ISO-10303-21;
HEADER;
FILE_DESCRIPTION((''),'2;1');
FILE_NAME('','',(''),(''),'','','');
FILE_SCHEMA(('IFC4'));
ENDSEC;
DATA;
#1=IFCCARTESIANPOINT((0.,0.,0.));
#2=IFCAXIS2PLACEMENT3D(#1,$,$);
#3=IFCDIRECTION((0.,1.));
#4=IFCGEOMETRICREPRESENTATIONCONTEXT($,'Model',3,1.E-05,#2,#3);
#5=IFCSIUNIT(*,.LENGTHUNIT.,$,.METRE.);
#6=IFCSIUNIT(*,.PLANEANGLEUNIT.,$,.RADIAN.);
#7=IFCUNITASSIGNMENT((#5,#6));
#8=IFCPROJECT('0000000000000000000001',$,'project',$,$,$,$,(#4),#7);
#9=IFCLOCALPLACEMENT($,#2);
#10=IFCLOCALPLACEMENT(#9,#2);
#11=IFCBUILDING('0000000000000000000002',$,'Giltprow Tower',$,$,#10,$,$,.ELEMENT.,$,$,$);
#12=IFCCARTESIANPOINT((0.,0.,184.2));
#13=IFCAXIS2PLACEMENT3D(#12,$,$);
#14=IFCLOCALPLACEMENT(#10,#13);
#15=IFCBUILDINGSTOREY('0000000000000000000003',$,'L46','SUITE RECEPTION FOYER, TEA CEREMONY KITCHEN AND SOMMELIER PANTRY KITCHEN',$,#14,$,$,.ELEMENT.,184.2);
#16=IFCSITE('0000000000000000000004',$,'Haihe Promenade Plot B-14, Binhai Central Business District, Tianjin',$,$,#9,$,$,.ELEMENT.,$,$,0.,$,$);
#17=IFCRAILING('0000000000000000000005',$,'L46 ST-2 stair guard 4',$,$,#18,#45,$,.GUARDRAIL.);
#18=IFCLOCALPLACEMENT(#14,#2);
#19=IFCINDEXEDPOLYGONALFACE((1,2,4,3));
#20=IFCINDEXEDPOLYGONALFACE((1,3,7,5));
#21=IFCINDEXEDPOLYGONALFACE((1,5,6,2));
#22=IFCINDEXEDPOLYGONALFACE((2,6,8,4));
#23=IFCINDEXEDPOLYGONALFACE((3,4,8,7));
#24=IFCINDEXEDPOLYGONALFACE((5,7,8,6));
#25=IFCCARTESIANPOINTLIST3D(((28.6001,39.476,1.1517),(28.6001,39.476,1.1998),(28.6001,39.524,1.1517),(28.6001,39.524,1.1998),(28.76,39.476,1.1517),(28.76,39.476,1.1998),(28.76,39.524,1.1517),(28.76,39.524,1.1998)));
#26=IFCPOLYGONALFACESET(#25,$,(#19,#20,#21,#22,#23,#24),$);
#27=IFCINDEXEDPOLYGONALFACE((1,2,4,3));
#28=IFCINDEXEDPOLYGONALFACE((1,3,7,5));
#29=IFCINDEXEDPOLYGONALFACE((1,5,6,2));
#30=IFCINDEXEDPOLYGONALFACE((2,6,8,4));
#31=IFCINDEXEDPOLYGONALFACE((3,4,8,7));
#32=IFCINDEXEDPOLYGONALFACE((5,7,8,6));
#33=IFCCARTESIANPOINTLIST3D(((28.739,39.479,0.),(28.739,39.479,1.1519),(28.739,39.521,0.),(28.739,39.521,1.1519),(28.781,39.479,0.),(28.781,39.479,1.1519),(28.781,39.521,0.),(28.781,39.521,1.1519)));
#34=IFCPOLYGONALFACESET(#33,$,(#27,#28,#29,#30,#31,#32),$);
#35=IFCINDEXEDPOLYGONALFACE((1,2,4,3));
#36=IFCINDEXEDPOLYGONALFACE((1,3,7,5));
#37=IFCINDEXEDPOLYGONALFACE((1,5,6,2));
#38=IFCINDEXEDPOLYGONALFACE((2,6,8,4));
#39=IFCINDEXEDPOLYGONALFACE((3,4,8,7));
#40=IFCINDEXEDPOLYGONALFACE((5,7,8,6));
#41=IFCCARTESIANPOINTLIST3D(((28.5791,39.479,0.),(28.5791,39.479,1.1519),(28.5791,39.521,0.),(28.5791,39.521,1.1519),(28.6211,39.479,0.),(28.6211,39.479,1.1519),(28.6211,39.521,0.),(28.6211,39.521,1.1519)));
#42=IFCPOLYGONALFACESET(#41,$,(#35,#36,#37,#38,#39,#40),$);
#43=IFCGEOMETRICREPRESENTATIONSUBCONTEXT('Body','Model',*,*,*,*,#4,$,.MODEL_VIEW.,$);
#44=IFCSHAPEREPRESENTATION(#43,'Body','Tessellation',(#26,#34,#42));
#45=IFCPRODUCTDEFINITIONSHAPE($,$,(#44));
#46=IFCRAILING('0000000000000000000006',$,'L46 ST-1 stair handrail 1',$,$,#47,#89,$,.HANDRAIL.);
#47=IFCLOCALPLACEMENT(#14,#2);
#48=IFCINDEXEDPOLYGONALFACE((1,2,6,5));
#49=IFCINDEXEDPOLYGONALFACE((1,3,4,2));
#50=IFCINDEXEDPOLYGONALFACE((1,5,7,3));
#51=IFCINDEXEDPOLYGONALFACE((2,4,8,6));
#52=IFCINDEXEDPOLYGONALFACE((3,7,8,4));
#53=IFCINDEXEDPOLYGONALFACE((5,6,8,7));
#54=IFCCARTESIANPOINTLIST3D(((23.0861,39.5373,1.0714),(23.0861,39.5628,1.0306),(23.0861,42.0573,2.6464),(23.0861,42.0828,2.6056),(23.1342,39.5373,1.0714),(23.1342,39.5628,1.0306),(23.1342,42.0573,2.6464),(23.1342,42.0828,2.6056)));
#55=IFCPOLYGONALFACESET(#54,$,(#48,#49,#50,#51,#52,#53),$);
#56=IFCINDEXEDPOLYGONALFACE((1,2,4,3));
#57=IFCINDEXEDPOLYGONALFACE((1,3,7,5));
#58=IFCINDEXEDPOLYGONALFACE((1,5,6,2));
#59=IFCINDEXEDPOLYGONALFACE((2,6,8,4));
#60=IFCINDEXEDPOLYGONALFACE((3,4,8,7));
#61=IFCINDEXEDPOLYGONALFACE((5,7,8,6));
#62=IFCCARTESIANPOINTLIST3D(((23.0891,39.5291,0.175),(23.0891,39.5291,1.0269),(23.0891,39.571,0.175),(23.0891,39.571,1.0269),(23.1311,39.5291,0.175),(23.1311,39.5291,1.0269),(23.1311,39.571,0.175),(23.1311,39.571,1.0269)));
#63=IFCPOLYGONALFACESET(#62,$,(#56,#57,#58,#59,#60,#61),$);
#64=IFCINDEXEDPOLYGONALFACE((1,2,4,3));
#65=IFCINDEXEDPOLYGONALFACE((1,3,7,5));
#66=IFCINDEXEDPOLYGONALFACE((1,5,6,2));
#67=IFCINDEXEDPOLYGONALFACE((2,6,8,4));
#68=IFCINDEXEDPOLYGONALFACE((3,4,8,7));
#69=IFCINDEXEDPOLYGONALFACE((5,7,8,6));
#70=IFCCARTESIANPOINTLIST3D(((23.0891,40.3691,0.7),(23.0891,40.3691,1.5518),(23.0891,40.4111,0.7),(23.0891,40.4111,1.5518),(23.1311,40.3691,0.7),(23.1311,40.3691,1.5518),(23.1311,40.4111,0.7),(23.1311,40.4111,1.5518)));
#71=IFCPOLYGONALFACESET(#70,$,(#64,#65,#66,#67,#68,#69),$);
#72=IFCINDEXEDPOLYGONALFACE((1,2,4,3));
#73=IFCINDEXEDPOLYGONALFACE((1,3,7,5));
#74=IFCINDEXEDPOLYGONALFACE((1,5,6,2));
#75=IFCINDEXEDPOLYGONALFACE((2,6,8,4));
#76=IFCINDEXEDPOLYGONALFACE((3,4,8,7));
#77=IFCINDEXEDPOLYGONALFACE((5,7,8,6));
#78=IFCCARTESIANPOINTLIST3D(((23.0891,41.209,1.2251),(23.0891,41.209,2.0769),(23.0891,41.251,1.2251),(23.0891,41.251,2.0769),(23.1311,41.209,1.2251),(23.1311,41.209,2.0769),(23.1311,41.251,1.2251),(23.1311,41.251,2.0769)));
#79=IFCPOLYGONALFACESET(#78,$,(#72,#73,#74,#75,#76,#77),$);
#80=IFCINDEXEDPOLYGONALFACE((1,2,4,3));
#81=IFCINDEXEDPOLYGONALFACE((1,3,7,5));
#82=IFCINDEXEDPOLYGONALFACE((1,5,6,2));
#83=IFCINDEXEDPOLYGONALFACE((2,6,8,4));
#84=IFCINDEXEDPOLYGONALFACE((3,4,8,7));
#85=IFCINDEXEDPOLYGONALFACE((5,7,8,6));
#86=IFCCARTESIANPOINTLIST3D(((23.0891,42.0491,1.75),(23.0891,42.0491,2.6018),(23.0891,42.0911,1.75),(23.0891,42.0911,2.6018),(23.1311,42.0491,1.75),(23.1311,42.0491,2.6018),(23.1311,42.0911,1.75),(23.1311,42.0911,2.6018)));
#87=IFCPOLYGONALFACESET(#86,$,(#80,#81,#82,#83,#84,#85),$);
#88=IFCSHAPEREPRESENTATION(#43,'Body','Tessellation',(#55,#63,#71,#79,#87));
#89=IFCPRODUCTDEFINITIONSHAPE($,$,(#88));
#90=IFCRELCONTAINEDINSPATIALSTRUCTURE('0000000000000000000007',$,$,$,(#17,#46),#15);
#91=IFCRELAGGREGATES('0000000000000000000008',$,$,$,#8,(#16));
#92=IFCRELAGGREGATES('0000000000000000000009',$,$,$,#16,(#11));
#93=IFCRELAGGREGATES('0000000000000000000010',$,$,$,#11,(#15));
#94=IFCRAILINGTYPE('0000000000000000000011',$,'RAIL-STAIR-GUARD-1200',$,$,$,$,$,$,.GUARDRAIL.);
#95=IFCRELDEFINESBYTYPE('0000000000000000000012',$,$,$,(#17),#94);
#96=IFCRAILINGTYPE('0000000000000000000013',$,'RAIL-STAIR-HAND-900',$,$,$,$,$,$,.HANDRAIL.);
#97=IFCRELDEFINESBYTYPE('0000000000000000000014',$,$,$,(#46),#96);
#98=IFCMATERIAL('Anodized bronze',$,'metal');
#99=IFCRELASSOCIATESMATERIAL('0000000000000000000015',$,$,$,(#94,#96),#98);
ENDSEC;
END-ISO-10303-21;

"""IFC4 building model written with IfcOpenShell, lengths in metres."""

from ifc_helpers import new_model, si_unit, direction, frame, origin, origin_2d, place, context, subcontext, project, spatial, rectangle, extrude, material, type_object, element, save


model = new_model("IFC4")

# Units and contexts
model_context = context("Model", 3, precision=1e-05, world=origin(), true_north=direction((0.0, 1.0)))
body_context = subcontext(model_context, "Body", "Model", "MODEL_VIEW")
ifc_project = project(units=[si_unit("LENGTHUNIT", "METRE"), si_unit("PLANEANGLEUNIT", "RADIAN")], contexts=[model_context])

# Site, building, storey
site_placement = place(None, origin())
site = spatial("IfcSite", under=ifc_project, at=site_placement, Name="Haihe Promenade Plot B-14, Binhai Central Business District, Tianjin", CompositionType="ELEMENT", RefElevation=0.0)
building_placement = place(site_placement, origin())
building = spatial("IfcBuilding", under=site, at=building_placement, Name="Giltprow Tower", CompositionType="ELEMENT")
storey_placement = place(building_placement, frame((0.0, 0.0, 184.2)))
storey = spatial("IfcBuildingStorey", under=building, at=storey_placement, Name="L46", Description="SUITE RECEPTION FOYER, TEA CEREMONY KITCHEN AND SOMMELIER PANTRY KITCHEN", CompositionType="ELEMENT", Elevation=184.2)

# Railings
ifc_material_1 = material(Name="Anodized bronze", Category="metal")
railing_type_1 = type_object("IfcRailingType", Name="RAIL-STAIR-GUARD-1200", PredefinedType="GUARDRAIL", material=ifc_material_1)
railing_1_placement = place(storey_placement, frame((28.76, 39.5, 0.0)))
element("IfcRailing", 1, at=railing_1_placement, inside=storey, type_object=railing_type_1, Name="L46 ST-2 stair guard 4", PredefinedType="GUARDRAIL", context=body_context, shape_type="SweptSolid", body=[
    extrude(rectangle(XDim=0.0481, YDim=0.0481, at=origin_2d()), frame((0.0, 0.0, 1.1758), z_axis=(-1.0, 0.0, 0.0), x_axis=(0.0, -1.0, 0.0)), (0.0, 0.0, 1.0), 0.1599),
    extrude(rectangle(XDim=0.042, YDim=0.042, at=origin_2d()), origin(), (0.0, 0.0, 1.0), 1.1519),
    extrude(rectangle(XDim=0.042, YDim=0.042, at=origin_2d()), frame((-0.1599, 0.0, 0.0)), (0.0, 0.0, 1.0), 1.1519),
])
railing_type_2 = type_object("IfcRailingType", Name="RAIL-STAIR-HAND-900", PredefinedType="HANDRAIL", material=ifc_material_1)
railing_2_placement = place(storey_placement, frame((23.1101, 39.55, 0.175)))
element("IfcRailing", 2, at=railing_2_placement, inside=storey, type_object=railing_type_2, Name="L46 ST-1 stair handrail 1", PredefinedType="HANDRAIL", context=body_context, shape_type="SweptSolid", body=[
    extrude(rectangle(XDim=0.0481, YDim=0.0481, at=origin_2d()), frame((0.0, 0.0, 0.876), z_axis=(0.0, 0.848008, 0.529984), x_axis=(-1.0, 0.0, 0.0)), (0.0, 0.0, 1.0), 2.9717),
    extrude(rectangle(XDim=0.042, YDim=0.042, at=origin_2d()), origin(), (0.0, 0.0, 1.0), 0.8518),
    extrude(rectangle(XDim=0.042, YDim=0.042, at=origin_2d()), frame((0.0, 0.8401, 0.5249)), (0.0, 0.0, 1.0), 0.8518),
    extrude(rectangle(XDim=0.042, YDim=0.042, at=origin_2d()), frame((0.0, 1.6799, 1.05)), (0.0, 0.0, 1.0), 0.8518),
    extrude(rectangle(XDim=0.042, YDim=0.042, at=origin_2d()), frame((0.0, 2.52, 1.575)), (0.0, 0.0, 1.0), 0.8518),
])

save(model, "model.ifc")
